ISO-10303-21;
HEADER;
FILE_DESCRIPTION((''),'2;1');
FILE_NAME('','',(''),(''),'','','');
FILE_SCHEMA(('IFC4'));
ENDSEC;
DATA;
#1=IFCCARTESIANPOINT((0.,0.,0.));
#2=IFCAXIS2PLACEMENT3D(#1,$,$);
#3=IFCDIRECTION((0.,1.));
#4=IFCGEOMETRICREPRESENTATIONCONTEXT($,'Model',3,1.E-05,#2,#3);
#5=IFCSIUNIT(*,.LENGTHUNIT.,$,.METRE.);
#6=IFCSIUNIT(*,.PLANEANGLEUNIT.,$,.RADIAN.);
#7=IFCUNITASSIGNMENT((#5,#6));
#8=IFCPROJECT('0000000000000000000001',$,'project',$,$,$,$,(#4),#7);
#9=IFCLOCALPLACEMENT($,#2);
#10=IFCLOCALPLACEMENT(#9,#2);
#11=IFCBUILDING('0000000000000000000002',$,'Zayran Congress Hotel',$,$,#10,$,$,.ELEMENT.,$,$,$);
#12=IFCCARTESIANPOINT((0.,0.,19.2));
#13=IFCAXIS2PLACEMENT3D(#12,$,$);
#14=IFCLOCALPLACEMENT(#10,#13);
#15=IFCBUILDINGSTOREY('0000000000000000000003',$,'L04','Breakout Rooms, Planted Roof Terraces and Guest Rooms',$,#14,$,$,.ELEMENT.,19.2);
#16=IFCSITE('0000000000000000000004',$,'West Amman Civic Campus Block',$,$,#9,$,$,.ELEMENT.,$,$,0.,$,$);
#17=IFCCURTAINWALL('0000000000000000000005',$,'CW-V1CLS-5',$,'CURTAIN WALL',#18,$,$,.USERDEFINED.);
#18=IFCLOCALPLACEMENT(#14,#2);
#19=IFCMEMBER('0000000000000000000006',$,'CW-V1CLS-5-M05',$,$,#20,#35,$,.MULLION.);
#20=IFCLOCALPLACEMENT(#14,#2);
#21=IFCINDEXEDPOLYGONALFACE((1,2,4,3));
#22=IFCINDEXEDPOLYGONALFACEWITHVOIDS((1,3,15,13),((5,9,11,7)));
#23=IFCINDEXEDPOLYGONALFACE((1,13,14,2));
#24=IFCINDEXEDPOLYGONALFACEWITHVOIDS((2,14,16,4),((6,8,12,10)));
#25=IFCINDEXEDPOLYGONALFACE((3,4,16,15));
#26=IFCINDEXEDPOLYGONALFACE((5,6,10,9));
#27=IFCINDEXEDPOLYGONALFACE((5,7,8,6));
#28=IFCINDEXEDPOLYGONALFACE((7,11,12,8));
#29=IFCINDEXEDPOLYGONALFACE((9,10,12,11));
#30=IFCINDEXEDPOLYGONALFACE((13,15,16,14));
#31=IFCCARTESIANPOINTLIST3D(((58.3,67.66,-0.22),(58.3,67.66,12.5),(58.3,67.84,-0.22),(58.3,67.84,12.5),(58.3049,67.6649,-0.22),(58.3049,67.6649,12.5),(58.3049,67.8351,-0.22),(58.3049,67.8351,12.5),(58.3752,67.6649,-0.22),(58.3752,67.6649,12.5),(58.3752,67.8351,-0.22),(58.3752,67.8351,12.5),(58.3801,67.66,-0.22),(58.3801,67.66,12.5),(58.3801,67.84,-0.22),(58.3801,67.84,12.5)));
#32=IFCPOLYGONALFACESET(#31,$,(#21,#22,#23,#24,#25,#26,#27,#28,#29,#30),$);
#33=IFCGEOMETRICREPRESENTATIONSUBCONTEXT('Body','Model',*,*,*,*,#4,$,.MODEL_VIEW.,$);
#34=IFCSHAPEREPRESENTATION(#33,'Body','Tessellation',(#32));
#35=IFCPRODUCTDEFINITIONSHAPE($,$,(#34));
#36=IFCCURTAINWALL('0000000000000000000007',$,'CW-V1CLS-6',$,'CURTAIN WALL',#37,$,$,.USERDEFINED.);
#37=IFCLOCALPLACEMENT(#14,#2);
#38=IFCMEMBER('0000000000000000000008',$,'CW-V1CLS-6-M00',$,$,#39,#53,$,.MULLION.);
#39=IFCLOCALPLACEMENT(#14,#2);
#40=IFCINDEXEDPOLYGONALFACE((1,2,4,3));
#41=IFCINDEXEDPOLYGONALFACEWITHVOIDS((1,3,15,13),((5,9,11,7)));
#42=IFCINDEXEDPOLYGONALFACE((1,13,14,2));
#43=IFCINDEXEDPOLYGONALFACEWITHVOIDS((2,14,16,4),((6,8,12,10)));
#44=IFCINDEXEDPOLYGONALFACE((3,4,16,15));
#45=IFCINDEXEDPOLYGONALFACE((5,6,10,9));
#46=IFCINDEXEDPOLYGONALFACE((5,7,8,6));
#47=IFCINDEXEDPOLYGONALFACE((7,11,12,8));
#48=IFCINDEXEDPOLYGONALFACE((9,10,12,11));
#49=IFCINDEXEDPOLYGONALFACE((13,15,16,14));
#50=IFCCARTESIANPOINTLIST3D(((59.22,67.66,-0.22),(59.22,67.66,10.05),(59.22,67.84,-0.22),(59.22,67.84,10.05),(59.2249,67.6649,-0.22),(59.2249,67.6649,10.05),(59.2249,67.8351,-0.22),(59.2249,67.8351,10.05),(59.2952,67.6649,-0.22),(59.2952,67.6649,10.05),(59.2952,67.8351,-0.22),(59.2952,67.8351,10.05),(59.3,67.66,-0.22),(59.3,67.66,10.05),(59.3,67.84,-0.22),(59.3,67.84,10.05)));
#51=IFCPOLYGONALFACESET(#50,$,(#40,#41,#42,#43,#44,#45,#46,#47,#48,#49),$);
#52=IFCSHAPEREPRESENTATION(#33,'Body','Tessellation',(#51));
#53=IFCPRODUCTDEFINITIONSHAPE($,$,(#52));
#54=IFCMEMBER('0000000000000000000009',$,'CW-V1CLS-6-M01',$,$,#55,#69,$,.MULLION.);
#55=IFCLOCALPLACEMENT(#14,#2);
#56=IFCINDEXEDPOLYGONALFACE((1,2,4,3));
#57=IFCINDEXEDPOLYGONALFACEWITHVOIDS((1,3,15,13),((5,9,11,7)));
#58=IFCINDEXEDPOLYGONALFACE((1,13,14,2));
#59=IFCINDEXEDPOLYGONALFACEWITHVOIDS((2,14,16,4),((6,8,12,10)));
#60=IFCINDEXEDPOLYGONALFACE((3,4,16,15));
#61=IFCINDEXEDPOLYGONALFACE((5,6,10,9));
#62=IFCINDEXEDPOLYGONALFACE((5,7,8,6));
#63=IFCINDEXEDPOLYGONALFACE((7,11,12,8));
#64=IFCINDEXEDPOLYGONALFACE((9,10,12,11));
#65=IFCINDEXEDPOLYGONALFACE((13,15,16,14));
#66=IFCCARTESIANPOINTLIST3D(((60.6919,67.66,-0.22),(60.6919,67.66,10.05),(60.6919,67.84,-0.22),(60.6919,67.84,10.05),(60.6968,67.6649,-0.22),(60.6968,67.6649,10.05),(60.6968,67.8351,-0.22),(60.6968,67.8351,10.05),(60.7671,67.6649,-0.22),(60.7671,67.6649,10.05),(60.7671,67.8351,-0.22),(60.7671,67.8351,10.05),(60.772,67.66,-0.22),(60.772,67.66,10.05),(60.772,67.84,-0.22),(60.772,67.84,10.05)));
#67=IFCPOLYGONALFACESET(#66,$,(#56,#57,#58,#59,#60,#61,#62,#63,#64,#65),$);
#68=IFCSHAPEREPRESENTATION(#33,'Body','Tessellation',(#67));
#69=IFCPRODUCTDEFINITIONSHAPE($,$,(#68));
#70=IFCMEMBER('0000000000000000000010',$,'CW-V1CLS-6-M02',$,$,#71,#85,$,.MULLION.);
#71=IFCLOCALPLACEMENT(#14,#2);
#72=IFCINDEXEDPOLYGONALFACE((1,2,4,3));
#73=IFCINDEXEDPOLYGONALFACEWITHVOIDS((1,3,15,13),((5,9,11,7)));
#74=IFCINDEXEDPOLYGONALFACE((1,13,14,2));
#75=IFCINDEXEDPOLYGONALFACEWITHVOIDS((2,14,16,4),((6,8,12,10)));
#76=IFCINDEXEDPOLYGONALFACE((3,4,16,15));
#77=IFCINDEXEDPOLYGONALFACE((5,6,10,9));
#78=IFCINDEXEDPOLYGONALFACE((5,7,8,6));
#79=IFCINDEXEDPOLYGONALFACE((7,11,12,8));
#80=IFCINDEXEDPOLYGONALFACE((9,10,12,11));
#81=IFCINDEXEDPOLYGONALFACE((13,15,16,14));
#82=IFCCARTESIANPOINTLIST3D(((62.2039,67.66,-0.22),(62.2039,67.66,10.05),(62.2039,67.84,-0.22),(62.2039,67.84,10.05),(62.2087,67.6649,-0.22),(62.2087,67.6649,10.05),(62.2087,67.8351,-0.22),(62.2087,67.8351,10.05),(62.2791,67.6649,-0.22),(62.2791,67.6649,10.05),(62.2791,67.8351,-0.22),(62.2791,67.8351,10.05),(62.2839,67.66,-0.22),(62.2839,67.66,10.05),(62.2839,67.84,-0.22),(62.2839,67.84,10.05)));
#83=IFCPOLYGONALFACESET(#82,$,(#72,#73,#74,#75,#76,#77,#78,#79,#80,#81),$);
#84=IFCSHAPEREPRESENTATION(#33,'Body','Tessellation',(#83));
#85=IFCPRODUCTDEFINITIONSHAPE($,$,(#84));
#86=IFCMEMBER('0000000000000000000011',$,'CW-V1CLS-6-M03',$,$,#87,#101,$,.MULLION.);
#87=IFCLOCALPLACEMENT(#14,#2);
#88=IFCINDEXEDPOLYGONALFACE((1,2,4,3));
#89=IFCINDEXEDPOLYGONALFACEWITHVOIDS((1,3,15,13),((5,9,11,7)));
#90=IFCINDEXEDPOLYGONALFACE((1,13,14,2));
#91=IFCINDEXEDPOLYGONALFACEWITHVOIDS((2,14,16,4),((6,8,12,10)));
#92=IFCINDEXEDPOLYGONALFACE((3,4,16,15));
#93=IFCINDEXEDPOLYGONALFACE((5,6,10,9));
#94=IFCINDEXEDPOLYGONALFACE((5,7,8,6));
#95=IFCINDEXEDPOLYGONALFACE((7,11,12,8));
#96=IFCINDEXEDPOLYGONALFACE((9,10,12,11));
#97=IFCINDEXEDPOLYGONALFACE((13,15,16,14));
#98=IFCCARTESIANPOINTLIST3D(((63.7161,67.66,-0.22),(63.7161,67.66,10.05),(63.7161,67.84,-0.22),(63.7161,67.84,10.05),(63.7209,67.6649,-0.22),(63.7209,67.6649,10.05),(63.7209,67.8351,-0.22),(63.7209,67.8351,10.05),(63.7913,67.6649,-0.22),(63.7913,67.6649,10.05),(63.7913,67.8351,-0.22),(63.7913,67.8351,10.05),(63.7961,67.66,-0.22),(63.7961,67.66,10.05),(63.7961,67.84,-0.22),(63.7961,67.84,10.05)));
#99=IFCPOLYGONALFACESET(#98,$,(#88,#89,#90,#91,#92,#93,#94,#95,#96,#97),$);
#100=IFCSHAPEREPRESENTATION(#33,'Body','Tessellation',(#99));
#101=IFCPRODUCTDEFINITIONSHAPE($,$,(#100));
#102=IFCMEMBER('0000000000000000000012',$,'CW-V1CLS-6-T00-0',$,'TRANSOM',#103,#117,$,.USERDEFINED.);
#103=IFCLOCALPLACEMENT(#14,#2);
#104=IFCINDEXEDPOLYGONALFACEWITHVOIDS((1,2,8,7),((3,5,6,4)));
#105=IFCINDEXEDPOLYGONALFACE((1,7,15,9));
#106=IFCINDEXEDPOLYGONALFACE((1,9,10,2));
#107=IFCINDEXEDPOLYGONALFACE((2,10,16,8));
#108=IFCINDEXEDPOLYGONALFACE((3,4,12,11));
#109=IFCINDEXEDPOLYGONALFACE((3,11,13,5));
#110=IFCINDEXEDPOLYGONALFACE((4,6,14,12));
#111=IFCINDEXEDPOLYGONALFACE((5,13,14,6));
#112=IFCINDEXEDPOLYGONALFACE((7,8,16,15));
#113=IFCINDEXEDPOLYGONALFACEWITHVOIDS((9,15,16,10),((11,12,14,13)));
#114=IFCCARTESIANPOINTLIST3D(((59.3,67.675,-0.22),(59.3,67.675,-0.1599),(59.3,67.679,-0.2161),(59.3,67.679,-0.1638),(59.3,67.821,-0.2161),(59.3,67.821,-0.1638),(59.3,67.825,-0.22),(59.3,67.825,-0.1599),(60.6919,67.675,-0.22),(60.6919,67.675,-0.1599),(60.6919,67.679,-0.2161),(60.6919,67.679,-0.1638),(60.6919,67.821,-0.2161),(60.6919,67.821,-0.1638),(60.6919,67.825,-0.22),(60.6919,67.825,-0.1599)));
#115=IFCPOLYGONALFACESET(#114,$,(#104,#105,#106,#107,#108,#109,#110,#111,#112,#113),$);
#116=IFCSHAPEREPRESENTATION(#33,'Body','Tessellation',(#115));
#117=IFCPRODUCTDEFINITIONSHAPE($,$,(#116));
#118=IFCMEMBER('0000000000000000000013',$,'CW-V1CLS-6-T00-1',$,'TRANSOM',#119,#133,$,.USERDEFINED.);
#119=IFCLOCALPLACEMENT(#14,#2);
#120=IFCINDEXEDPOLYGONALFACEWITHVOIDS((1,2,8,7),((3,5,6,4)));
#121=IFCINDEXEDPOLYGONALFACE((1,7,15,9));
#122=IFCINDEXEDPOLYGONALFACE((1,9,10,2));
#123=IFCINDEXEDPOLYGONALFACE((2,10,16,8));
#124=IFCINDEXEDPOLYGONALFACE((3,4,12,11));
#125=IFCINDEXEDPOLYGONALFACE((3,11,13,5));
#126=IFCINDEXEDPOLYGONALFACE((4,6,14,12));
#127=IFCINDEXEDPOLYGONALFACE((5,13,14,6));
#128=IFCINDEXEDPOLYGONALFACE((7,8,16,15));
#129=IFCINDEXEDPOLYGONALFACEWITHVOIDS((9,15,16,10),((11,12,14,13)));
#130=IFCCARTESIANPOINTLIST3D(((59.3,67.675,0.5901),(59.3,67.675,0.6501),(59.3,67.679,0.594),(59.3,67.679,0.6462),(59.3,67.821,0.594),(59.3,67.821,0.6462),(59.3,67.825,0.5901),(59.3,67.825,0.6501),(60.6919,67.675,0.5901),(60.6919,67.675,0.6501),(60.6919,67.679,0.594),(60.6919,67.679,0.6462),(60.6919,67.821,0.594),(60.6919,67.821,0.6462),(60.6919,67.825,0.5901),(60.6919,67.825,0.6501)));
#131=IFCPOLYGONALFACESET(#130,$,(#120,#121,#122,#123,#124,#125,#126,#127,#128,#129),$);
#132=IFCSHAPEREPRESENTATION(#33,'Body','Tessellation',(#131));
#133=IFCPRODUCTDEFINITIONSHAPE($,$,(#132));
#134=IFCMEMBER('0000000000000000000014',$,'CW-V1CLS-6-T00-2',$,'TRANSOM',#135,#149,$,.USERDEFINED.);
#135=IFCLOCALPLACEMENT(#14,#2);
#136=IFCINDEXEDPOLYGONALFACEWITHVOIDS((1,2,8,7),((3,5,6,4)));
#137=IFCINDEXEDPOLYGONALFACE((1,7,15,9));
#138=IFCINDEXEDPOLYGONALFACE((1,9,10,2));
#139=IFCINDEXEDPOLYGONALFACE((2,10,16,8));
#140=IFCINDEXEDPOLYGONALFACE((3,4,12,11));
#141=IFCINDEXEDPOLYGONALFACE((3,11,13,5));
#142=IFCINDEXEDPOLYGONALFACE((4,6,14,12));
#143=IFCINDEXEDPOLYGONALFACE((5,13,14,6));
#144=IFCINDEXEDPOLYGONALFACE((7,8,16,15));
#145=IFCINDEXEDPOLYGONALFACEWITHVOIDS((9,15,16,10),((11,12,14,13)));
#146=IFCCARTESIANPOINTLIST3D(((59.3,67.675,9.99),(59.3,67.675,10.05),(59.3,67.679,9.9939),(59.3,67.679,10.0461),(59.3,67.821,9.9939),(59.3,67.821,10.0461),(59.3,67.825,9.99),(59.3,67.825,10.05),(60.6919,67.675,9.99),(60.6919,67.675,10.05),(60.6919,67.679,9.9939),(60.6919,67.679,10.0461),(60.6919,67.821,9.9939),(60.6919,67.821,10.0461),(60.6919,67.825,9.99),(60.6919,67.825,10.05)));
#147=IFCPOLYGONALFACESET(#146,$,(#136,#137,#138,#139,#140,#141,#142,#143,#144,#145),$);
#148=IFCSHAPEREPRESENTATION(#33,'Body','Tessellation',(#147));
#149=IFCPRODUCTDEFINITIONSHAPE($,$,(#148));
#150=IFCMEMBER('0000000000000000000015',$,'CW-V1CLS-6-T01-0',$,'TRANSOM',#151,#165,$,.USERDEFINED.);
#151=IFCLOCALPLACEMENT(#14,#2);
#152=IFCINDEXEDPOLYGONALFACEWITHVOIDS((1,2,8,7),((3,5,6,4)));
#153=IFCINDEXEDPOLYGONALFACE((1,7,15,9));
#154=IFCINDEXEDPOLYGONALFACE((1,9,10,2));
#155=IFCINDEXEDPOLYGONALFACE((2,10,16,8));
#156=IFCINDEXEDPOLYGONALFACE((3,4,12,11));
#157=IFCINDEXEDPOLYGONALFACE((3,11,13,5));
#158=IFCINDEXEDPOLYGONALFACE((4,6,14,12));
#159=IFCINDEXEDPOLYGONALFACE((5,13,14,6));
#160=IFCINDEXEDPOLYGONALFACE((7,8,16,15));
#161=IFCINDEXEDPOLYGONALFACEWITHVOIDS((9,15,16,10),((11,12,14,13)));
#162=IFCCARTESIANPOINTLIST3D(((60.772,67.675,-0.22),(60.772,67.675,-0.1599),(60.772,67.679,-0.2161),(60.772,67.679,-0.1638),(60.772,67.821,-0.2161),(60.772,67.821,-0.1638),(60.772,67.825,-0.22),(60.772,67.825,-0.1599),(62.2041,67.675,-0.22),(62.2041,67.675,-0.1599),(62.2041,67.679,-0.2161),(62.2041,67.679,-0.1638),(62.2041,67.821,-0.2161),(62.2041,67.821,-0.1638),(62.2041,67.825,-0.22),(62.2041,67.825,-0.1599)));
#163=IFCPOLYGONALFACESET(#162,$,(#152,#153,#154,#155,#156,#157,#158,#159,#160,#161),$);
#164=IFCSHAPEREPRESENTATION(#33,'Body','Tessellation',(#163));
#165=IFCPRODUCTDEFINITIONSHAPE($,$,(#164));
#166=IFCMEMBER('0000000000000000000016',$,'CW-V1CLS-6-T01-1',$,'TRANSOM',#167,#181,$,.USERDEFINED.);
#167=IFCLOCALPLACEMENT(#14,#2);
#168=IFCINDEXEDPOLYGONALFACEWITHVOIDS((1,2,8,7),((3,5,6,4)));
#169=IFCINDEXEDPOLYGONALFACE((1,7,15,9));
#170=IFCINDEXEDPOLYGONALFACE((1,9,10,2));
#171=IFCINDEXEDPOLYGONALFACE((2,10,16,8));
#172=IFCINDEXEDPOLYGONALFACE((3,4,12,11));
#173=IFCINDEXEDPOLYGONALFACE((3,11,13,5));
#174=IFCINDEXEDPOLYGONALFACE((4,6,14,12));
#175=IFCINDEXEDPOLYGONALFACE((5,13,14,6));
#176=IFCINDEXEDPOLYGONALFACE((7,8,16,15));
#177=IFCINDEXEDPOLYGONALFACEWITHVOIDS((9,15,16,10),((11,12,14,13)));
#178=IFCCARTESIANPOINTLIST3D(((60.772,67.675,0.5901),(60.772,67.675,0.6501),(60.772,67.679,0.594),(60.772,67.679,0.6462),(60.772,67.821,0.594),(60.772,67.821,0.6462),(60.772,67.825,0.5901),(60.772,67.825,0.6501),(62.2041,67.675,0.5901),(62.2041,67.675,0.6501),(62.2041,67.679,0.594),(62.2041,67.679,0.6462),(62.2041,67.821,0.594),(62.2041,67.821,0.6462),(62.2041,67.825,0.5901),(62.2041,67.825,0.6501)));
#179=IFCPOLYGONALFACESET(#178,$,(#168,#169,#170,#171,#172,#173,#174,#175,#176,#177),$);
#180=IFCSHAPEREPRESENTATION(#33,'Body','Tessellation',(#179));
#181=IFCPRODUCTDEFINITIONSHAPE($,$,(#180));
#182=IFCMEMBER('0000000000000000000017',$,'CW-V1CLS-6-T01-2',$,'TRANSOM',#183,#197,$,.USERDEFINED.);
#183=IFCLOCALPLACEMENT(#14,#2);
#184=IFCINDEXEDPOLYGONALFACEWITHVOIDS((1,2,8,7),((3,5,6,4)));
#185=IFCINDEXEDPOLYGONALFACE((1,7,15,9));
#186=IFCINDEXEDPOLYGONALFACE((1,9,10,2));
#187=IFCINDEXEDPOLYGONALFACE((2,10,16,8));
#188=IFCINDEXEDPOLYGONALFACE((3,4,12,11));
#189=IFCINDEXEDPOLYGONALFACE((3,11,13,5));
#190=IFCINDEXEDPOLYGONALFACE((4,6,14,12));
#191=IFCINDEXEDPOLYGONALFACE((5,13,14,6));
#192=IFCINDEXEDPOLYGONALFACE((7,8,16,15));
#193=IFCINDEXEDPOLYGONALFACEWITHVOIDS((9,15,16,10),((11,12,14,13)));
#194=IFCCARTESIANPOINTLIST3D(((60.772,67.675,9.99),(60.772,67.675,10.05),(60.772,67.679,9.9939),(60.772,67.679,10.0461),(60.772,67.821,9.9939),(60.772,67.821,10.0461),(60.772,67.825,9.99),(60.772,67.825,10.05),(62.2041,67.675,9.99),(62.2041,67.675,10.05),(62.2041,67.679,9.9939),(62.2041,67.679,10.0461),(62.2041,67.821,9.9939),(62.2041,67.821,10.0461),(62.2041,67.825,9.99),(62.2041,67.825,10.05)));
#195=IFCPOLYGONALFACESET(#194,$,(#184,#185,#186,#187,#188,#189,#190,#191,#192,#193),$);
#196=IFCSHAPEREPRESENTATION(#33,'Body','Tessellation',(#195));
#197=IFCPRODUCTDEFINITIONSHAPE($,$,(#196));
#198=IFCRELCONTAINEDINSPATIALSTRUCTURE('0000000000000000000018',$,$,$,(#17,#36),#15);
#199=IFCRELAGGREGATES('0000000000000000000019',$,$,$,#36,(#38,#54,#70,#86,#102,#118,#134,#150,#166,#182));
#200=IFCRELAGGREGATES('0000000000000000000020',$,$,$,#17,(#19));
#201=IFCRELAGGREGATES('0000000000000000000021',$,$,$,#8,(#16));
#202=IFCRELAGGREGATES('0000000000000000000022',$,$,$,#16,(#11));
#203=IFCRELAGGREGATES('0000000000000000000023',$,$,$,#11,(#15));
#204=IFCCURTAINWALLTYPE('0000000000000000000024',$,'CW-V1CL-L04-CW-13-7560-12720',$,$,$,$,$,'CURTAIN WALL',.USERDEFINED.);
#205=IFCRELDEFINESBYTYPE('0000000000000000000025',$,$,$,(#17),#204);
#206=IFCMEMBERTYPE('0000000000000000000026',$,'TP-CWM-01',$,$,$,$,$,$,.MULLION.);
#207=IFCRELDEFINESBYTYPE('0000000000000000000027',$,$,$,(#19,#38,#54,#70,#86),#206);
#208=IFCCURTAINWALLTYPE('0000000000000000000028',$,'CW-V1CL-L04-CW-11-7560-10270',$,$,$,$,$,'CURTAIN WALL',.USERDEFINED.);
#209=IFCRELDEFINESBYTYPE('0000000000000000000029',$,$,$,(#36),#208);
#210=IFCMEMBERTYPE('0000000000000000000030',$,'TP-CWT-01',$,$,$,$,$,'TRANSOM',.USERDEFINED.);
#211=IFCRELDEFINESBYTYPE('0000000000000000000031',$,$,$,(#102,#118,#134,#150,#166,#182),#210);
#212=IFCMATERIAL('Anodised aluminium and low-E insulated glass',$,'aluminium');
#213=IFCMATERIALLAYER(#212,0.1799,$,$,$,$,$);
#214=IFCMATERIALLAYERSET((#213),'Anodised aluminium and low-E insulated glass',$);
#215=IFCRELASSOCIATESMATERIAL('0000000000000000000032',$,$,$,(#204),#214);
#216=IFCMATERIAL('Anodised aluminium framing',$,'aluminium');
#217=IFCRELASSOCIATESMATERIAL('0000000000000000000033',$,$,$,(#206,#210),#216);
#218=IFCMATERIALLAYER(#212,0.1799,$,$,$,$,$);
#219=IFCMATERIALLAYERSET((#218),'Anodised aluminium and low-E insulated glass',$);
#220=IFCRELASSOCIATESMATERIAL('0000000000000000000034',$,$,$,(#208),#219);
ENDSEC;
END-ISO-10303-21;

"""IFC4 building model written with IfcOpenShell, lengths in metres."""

from ifc_helpers import new_model, si_unit, direction, frame, origin, origin_2d, place, context, subcontext, project, spatial, hollow_rectangle, extrude, material, layer, layer_set, material_profile, profile_set, type_object, element, aggregate, save


model = new_model("IFC4")

# Units and contexts
model_context = context("Model", 3, precision=1e-05, world=origin(), true_north=direction((0.0, 1.0)))
body_context = subcontext(model_context, "Body", "Model", "MODEL_VIEW")
ifc_project = project(units=[si_unit("LENGTHUNIT", "METRE"), si_unit("PLANEANGLEUNIT", "RADIAN")], contexts=[model_context])

# Site, building, storey
site_placement = place(None, origin())
site = spatial("IfcSite", under=ifc_project, at=site_placement, Name="West Amman Civic Campus Block", CompositionType="ELEMENT", RefElevation=0.0)
building_placement = place(site_placement, origin())
building = spatial("IfcBuilding", under=site, at=building_placement, Name="Zayran Congress Hotel", CompositionType="ELEMENT")
storey_placement = place(building_placement, frame((0.0, 0.0, 19.2)))
storey = spatial("IfcBuildingStorey", under=building, at=storey_placement, Name="L04", Description="Breakout Rooms, Planted Roof Terraces and Guest Rooms", CompositionType="ELEMENT", Elevation=19.2)

# Curtain wall, member
ifc_material_1 = material(Name="Anodised aluminium and low-E insulated glass", Category="aluminium")
ifc_layer_1 = layer(ifc_material_1, 0.1799)
ifc_layer_set_1 = layer_set([ifc_layer_1], Name="Anodised aluminium and low-E insulated glass")
curtain_wall_type_1 = type_object("IfcCurtainWallType", Name="CW-V1CL-L04-CW-13-7560-12720", ElementType="CURTAIN WALL", PredefinedType="USERDEFINED", material=ifc_layer_set_1)
curtain_wall_1_placement = place(storey_placement, origin())
curtain_wall_1 = element("IfcCurtainWall", 1, at=curtain_wall_1_placement, inside=storey, type_object=curtain_wall_type_1, Name="CW-V1CLS-5", ObjectType="CURTAIN WALL", PredefinedType="USERDEFINED")
ifc_material_2 = material(Name="Anodised aluminium framing", Category="aluminium")
ifc_material_profile_1 = material_profile(ifc_material_2, hollow_rectangle(XDim=0.0801, YDim=0.1799, WallThickness=0.0049, at=origin_2d()), Name="RHS 180x80x5")
ifc_profile_set_1 = profile_set([ifc_material_profile_1], Name="Anodised aluminium framing")
member_type_1 = type_object("IfcMemberType", Name="TP-CWM-01", PredefinedType="MULLION", material=ifc_profile_set_1)
member_1_placement = place(storey_placement, frame((58.3401, 67.75, -0.22), z_axis=(0.0, 0.0, 1.0), x_axis=(1.0, 0.0, 0.0)))
member_1 = element("IfcMember", 2, at=member_1_placement, type_object=member_type_1, Name="CW-V1CLS-5-M05", PredefinedType="MULLION", context=body_context, shape_type="SweptSolid", body=[
    extrude(hollow_rectangle(XDim=0.0801, YDim=0.1799, WallThickness=0.0049, at=origin_2d()), origin(), (0.0, 0.0, 1.0), 12.72),
])

# Curtain wall, members
ifc_layer_2 = layer(ifc_material_1, 0.1799)
ifc_layer_set_2 = layer_set([ifc_layer_2], Name="Anodised aluminium and low-E insulated glass")
curtain_wall_type_2 = type_object("IfcCurtainWallType", Name="CW-V1CL-L04-CW-11-7560-10270", ElementType="CURTAIN WALL", PredefinedType="USERDEFINED", material=ifc_layer_set_2)
curtain_wall_2_placement = place(storey_placement, origin())
curtain_wall_2 = element("IfcCurtainWall", 3, at=curtain_wall_2_placement, inside=storey, type_object=curtain_wall_type_2, Name="CW-V1CLS-6", ObjectType="CURTAIN WALL", PredefinedType="USERDEFINED")
member_2_placement = place(storey_placement, frame((59.26, 67.75, -0.22), z_axis=(0.0, 0.0, 1.0), x_axis=(1.0, 0.0, 0.0)))
member_2 = element("IfcMember", 4, at=member_2_placement, type_object=member_type_1, Name="CW-V1CLS-6-M00", PredefinedType="MULLION", context=body_context, shape_type="SweptSolid", body=[
    extrude(hollow_rectangle(XDim=0.0801, YDim=0.1799, WallThickness=0.0049, at=origin_2d()), origin(), (0.0, 0.0, 1.0), 10.27),
])
member_3_placement = place(storey_placement, frame((60.7319, 67.75, -0.22), z_axis=(0.0, 0.0, 1.0), x_axis=(1.0, 0.0, 0.0)))
member_3 = element("IfcMember", 5, at=member_3_placement, type_object=member_type_1, Name="CW-V1CLS-6-M01", PredefinedType="MULLION", context=body_context, shape_type="SweptSolid", body=[
    extrude(hollow_rectangle(XDim=0.0801, YDim=0.1799, WallThickness=0.0049, at=origin_2d()), origin(), (0.0, 0.0, 1.0), 10.27),
])
member_4_placement = place(storey_placement, frame((62.2439, 67.75, -0.22), z_axis=(0.0, 0.0, 1.0), x_axis=(1.0, 0.0, 0.0)))
member_4 = element("IfcMember", 6, at=member_4_placement, type_object=member_type_1, Name="CW-V1CLS-6-M02", PredefinedType="MULLION", context=body_context, shape_type="SweptSolid", body=[
    extrude(hollow_rectangle(XDim=0.0801, YDim=0.1799, WallThickness=0.0049, at=origin_2d()), origin(), (0.0, 0.0, 1.0), 10.27),
])
member_5_placement = place(storey_placement, frame((63.7561, 67.75, -0.22), z_axis=(0.0, 0.0, 1.0), x_axis=(1.0, 0.0, 0.0)))
member_5 = element("IfcMember", 7, at=member_5_placement, type_object=member_type_1, Name="CW-V1CLS-6-M03", PredefinedType="MULLION", context=body_context, shape_type="SweptSolid", body=[
    extrude(hollow_rectangle(XDim=0.0801, YDim=0.1799, WallThickness=0.0049, at=origin_2d()), origin(), (0.0, 0.0, 1.0), 10.27),
])
ifc_material_profile_2 = material_profile(ifc_material_2, hollow_rectangle(XDim=0.0601, YDim=0.1499, WallThickness=0.0039, at=origin_2d()), Name="RHS 150x60x4")
ifc_profile_set_2 = profile_set([ifc_material_profile_2], Name="Anodised aluminium framing")
member_type_2 = type_object("IfcMemberType", Name="TP-CWT-01", ElementType="TRANSOM", PredefinedType="USERDEFINED", material=ifc_profile_set_2)
member_6_placement = place(storey_placement, frame((59.3, 67.75, -0.1899), z_axis=(1.0, 0.0, 0.0), x_axis=(0.0, 0.0, 1.0)))
member_6 = element("IfcMember", 8, at=member_6_placement, type_object=member_type_2, Name="CW-V1CLS-6-T00-0", ObjectType="TRANSOM", PredefinedType="USERDEFINED", context=body_context, shape_type="SweptSolid", body=[
    extrude(hollow_rectangle(XDim=0.0601, YDim=0.1499, WallThickness=0.0039, at=origin_2d()), origin(), (0.0, 0.0, 1.0), 1.3918),
])
member_7_placement = place(storey_placement, frame((59.3, 67.75, 0.6201), z_axis=(1.0, 0.0, 0.0), x_axis=(0.0, 0.0, 1.0)))
member_7 = element("IfcMember", 9, at=member_7_placement, type_object=member_type_2, Name="CW-V1CLS-6-T00-1", ObjectType="TRANSOM", PredefinedType="USERDEFINED", context=body_context, shape_type="SweptSolid", body=[
    extrude(hollow_rectangle(XDim=0.0601, YDim=0.1499, WallThickness=0.0039, at=origin_2d()), origin(), (0.0, 0.0, 1.0), 1.3918),
])
member_8_placement = place(storey_placement, frame((59.3, 67.75, 10.02), z_axis=(1.0, 0.0, 0.0), x_axis=(0.0, 0.0, 1.0)))
member_8 = element("IfcMember", 10, at=member_8_placement, type_object=member_type_2, Name="CW-V1CLS-6-T00-2", ObjectType="TRANSOM", PredefinedType="USERDEFINED", context=body_context, shape_type="SweptSolid", body=[
    extrude(hollow_rectangle(XDim=0.0601, YDim=0.1499, WallThickness=0.0039, at=origin_2d()), origin(), (0.0, 0.0, 1.0), 1.3918),
])
member_9_placement = place(storey_placement, frame((60.772, 67.75, -0.1899), z_axis=(1.0, 0.0, 0.0), x_axis=(0.0, 0.0, 1.0)))
member_9 = element("IfcMember", 11, at=member_9_placement, type_object=member_type_2, Name="CW-V1CLS-6-T01-0", ObjectType="TRANSOM", PredefinedType="USERDEFINED", context=body_context, shape_type="SweptSolid", body=[
    extrude(hollow_rectangle(XDim=0.0601, YDim=0.1499, WallThickness=0.0039, at=origin_2d()), origin(), (0.0, 0.0, 1.0), 1.4321),
])
member_10_placement = place(storey_placement, frame((60.772, 67.75, 0.6201), z_axis=(1.0, 0.0, 0.0), x_axis=(0.0, 0.0, 1.0)))
member_10 = element("IfcMember", 12, at=member_10_placement, type_object=member_type_2, Name="CW-V1CLS-6-T01-1", ObjectType="TRANSOM", PredefinedType="USERDEFINED", context=body_context, shape_type="SweptSolid", body=[
    extrude(hollow_rectangle(XDim=0.0601, YDim=0.1499, WallThickness=0.0039, at=origin_2d()), origin(), (0.0, 0.0, 1.0), 1.4321),
])
member_11_placement = place(storey_placement, frame((60.772, 67.75, 10.02), z_axis=(1.0, 0.0, 0.0), x_axis=(0.0, 0.0, 1.0)))
member_11 = element("IfcMember", 13, at=member_11_placement, type_object=member_type_2, Name="CW-V1CLS-6-T01-2", ObjectType="TRANSOM", PredefinedType="USERDEFINED", context=body_context, shape_type="SweptSolid", body=[
    extrude(hollow_rectangle(XDim=0.0601, YDim=0.1499, WallThickness=0.0039, at=origin_2d()), origin(), (0.0, 0.0, 1.0), 1.4321),
])

aggregate(curtain_wall_2, [member_2, member_3, member_4, member_5, member_6, member_7, member_8, member_9, member_10, member_11])
aggregate(curtain_wall_1, [member_1])

save(model, "model.ifc")
